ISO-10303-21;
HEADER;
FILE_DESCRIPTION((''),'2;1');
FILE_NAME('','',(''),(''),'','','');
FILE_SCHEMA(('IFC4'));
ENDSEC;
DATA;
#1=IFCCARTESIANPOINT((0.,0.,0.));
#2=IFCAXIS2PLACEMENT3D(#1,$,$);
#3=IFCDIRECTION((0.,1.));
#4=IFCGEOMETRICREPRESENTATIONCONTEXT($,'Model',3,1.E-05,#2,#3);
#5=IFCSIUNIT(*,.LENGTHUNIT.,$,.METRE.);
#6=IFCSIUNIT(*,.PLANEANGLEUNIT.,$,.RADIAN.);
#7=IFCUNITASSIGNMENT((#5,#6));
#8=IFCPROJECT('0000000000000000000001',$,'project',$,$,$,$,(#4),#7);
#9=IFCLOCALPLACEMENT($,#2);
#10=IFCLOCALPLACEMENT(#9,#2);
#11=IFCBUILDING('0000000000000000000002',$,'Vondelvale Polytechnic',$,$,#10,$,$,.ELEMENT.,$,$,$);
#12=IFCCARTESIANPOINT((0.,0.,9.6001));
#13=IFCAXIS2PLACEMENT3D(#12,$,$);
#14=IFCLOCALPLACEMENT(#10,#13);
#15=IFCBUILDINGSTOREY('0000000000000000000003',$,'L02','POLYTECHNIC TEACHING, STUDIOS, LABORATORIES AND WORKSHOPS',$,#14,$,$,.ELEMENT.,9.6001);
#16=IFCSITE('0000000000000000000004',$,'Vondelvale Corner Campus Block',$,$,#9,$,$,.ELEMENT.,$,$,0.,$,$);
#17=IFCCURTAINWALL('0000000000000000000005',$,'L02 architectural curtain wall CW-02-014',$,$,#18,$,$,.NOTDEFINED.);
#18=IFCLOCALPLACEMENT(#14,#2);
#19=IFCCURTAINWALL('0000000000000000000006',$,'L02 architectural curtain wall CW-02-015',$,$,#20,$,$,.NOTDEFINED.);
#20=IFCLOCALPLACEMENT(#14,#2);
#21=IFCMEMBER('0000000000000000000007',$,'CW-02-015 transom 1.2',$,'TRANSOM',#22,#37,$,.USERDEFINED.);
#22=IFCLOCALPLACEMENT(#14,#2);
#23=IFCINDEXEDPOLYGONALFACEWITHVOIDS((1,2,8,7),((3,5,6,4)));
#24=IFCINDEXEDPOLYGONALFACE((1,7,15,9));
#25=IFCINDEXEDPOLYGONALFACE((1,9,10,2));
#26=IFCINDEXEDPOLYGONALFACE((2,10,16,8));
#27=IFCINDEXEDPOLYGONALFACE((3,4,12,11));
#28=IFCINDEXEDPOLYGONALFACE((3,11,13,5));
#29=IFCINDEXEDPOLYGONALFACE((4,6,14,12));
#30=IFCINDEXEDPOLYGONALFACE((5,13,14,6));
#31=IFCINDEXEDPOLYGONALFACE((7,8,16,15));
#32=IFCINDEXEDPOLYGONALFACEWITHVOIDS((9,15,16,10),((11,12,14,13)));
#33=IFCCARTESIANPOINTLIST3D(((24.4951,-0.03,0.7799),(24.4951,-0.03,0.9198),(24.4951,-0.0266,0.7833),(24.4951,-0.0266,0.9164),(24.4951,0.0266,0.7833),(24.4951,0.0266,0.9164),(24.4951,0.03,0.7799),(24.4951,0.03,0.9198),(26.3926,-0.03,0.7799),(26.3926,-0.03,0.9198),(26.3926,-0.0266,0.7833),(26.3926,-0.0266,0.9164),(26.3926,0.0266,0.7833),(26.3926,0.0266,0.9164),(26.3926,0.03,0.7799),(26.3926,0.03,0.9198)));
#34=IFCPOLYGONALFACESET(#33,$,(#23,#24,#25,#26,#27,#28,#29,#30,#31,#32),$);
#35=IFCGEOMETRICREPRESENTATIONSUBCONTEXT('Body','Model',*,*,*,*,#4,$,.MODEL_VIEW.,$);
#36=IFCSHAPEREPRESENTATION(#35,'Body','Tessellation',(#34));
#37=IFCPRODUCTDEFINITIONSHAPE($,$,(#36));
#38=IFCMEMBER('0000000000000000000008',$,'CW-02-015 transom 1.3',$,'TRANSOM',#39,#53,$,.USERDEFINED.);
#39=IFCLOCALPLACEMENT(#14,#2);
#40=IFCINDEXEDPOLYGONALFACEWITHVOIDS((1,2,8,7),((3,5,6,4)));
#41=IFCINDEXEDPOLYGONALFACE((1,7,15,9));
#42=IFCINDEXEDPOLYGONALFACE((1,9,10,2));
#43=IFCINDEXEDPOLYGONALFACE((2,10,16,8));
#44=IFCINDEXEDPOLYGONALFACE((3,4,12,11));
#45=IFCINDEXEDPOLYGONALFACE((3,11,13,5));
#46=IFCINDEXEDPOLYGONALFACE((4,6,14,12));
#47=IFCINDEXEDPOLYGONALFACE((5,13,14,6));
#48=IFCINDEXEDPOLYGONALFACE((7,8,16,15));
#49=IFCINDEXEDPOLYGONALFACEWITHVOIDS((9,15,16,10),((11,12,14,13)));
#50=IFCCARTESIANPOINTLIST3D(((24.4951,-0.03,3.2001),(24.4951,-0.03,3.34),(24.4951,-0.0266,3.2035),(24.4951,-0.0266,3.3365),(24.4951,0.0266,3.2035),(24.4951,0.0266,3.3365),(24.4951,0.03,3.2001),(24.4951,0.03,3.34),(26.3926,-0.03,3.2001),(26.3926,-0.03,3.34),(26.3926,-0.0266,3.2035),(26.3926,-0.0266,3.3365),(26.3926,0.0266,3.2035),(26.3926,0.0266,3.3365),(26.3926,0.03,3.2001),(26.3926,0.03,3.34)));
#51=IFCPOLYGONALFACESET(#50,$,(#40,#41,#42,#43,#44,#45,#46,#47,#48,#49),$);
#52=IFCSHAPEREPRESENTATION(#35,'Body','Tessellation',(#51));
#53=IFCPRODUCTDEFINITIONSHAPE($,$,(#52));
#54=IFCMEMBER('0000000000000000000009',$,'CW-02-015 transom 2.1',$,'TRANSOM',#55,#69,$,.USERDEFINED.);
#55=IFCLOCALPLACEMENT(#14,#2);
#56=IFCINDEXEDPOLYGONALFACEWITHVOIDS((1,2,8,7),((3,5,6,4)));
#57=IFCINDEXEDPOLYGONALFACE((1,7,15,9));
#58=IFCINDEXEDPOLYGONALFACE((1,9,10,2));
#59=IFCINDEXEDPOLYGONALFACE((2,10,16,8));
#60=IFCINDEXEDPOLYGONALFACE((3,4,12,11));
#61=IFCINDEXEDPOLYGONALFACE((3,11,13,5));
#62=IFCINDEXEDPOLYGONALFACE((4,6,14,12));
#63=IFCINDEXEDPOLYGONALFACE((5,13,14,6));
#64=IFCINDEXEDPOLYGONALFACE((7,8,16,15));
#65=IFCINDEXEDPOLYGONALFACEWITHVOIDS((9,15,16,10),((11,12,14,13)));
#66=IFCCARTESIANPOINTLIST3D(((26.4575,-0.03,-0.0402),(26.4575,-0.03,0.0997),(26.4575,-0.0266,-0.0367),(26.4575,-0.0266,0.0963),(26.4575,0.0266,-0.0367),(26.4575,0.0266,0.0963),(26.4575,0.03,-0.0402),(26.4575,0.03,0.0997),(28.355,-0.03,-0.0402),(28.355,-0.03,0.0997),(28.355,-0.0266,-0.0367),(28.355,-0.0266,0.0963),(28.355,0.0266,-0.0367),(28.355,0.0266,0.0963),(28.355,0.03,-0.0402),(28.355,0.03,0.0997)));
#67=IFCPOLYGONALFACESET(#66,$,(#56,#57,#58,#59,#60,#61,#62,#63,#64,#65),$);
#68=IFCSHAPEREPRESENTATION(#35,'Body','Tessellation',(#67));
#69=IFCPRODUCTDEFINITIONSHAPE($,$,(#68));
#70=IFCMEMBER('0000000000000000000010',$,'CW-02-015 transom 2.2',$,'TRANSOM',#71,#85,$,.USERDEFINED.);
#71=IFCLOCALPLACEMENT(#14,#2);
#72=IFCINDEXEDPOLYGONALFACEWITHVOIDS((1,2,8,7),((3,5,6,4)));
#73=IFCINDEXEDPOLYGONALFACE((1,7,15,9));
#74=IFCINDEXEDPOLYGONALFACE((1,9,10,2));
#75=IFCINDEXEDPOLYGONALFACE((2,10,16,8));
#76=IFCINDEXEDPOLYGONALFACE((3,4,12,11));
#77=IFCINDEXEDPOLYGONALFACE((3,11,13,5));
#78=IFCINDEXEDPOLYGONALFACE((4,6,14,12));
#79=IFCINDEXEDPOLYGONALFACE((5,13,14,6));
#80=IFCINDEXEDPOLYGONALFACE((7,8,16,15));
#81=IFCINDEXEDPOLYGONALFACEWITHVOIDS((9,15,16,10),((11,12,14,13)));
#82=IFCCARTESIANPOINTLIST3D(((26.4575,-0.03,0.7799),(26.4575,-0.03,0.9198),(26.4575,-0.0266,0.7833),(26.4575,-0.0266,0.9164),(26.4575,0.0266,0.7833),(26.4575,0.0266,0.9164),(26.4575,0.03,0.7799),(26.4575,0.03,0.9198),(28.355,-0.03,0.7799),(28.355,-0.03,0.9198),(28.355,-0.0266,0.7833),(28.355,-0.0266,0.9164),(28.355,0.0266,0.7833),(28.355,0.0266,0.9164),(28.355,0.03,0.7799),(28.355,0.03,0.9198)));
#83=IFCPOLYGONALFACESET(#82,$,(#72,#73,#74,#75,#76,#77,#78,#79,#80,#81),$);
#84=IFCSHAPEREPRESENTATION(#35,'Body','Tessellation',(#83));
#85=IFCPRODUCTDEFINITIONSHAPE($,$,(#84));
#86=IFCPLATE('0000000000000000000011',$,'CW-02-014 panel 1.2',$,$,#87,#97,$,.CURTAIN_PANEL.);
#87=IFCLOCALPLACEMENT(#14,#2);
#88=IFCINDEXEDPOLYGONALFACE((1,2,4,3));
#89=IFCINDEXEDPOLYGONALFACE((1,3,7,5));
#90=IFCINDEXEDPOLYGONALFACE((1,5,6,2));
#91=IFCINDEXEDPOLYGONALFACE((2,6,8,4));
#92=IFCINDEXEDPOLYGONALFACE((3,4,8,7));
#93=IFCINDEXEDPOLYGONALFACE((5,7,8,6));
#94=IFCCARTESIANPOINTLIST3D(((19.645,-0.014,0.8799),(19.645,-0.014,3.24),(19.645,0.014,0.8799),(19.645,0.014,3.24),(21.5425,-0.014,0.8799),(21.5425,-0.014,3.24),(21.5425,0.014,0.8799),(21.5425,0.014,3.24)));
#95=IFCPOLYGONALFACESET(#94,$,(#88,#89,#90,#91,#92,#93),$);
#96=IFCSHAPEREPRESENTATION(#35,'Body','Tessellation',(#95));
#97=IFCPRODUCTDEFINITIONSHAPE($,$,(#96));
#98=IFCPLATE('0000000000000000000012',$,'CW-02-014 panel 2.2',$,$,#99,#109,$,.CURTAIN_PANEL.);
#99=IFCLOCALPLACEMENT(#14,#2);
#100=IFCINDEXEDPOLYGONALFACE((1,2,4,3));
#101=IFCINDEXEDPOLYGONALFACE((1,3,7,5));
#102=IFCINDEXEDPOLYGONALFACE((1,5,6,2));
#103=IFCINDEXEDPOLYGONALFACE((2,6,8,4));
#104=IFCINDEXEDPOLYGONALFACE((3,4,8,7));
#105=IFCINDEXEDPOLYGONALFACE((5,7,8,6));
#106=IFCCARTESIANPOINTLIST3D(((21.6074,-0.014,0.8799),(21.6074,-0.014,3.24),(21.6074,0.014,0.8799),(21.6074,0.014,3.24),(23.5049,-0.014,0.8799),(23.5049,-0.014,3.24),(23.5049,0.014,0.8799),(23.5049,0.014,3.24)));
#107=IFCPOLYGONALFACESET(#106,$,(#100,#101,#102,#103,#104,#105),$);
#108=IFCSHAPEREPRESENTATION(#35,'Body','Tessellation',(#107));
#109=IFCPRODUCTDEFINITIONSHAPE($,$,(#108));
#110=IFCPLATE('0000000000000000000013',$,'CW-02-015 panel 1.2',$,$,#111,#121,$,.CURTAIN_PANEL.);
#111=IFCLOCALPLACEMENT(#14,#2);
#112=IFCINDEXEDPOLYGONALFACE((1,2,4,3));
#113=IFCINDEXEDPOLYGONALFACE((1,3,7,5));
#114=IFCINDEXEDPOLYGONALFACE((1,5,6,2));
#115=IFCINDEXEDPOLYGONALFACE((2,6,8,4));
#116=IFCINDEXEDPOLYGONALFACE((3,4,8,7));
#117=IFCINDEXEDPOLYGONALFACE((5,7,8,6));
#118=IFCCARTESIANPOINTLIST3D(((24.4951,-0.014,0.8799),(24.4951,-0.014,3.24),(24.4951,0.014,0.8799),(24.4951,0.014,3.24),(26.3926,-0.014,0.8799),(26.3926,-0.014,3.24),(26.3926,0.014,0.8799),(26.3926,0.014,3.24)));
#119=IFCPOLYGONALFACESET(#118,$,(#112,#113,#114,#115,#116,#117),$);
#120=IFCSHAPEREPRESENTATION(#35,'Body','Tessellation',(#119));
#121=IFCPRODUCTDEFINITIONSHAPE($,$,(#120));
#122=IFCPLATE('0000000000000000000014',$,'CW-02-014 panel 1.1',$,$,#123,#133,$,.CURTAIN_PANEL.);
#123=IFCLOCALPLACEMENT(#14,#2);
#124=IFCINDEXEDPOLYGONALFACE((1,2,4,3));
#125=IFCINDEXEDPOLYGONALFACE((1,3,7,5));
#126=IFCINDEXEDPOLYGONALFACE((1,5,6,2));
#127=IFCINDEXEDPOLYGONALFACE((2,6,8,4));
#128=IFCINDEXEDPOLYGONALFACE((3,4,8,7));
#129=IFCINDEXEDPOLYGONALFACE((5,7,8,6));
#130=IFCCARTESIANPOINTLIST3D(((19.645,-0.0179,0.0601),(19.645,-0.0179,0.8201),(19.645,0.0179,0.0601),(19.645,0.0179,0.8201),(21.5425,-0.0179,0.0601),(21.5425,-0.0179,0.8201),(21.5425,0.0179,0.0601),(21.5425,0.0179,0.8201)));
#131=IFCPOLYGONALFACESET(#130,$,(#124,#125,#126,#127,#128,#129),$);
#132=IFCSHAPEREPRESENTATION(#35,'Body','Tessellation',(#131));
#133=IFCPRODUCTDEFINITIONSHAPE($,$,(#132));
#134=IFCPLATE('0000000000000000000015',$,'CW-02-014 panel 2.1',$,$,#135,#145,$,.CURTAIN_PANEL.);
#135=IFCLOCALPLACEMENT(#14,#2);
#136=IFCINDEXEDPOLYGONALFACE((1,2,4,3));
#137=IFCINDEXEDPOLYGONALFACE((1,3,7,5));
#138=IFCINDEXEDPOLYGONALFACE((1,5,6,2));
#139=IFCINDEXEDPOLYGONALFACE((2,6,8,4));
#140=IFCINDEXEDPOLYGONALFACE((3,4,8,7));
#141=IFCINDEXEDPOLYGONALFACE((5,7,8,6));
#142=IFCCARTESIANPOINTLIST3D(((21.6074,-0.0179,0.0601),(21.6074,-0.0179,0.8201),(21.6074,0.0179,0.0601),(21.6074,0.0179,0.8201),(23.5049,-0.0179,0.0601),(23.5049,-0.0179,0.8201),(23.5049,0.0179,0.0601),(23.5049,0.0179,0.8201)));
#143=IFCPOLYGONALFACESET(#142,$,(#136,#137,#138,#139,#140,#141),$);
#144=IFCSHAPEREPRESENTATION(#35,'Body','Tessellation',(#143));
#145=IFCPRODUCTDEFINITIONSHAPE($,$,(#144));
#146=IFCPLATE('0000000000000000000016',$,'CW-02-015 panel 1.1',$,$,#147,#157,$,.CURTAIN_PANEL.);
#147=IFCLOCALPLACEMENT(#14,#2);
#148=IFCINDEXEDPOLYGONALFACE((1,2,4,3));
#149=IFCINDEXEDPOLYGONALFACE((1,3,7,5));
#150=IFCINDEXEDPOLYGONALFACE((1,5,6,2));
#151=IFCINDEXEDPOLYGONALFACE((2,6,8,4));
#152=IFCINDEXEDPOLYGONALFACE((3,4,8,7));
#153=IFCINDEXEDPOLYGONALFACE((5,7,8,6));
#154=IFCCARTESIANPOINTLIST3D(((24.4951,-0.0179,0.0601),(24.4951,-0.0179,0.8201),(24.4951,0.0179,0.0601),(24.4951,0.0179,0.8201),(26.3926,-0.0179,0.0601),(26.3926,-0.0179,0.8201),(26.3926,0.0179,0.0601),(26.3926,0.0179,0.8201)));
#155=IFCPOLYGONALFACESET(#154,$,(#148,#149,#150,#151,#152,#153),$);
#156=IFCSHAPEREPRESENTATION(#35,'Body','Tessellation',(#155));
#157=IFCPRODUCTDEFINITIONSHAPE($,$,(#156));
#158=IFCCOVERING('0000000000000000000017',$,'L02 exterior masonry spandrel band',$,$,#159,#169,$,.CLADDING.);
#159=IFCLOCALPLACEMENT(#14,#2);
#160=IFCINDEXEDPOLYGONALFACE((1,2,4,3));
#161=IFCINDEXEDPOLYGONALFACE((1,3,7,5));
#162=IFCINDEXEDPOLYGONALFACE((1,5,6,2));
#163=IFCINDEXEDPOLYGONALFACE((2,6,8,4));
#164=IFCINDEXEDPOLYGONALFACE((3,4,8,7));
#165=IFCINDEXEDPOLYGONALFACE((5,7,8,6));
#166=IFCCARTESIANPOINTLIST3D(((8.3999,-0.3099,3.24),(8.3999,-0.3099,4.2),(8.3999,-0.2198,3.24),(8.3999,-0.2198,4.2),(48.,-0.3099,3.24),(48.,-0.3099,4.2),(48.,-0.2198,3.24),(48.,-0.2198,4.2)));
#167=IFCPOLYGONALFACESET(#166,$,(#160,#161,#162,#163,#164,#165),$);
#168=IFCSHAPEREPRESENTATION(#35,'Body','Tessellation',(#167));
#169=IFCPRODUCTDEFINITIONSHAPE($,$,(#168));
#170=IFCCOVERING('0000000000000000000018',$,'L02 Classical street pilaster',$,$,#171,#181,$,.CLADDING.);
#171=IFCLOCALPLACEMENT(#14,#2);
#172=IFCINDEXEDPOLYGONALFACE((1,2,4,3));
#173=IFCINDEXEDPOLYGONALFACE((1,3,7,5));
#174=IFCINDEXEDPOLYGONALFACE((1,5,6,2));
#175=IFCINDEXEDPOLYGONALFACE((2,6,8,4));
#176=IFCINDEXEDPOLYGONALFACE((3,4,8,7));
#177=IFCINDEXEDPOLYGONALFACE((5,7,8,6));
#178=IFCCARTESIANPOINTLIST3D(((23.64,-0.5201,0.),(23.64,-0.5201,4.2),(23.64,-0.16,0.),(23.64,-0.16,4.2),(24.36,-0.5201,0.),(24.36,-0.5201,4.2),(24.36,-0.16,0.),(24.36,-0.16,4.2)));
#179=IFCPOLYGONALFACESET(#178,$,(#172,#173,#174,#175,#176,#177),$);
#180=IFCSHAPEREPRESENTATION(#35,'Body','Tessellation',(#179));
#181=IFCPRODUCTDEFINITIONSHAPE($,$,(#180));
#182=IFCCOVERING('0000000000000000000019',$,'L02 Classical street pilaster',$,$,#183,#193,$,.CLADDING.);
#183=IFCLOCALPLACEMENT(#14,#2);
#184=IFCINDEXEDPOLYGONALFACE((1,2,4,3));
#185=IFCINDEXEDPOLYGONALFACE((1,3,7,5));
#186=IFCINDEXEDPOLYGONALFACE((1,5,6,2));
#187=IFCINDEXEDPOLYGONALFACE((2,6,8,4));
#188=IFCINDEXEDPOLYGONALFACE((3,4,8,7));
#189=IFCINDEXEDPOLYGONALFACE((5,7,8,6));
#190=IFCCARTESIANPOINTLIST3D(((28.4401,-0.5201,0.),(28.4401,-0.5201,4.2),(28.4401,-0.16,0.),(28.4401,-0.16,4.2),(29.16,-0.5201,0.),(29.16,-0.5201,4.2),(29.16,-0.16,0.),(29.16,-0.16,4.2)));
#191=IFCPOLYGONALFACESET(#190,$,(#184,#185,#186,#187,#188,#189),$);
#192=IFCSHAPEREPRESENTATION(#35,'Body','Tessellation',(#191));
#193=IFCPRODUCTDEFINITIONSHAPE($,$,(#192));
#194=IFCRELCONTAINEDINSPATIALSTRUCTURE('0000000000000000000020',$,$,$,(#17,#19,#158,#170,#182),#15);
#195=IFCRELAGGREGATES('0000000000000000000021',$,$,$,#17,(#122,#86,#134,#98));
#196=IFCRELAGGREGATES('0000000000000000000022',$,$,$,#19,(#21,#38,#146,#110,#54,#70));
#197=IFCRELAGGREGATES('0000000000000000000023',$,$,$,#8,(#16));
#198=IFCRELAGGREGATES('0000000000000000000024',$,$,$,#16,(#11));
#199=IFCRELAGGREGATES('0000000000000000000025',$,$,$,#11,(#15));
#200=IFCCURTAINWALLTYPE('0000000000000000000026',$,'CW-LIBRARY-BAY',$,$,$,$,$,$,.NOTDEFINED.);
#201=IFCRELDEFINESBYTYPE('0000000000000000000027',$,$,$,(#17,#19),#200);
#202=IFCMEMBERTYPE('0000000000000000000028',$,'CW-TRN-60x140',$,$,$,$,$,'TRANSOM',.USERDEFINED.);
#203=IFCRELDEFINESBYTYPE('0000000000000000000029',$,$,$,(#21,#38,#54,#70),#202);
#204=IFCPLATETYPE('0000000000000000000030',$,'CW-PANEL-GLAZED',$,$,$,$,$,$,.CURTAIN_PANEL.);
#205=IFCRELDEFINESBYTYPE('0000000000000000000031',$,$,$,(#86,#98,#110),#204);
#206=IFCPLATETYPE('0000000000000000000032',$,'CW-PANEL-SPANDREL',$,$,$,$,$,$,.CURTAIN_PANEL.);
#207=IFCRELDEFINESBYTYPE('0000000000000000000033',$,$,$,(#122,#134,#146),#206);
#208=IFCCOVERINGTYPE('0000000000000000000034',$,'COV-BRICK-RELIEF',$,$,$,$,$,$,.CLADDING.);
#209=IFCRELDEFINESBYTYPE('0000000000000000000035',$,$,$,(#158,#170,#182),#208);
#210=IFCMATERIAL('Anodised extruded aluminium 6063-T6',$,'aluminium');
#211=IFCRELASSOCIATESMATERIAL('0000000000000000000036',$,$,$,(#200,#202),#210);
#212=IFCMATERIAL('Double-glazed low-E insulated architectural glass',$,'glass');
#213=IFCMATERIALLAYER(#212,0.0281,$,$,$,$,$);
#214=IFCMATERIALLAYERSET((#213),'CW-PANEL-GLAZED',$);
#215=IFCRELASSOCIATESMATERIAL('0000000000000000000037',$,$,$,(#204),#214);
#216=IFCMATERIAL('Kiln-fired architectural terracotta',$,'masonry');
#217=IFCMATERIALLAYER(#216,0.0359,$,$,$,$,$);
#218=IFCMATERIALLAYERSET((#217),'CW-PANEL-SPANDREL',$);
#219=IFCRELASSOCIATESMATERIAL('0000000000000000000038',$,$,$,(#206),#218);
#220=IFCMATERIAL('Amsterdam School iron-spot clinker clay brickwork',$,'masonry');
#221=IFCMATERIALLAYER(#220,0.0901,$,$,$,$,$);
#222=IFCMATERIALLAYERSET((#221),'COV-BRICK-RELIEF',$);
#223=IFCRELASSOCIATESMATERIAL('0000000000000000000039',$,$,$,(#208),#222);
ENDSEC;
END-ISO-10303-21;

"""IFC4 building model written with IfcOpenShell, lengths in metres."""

from ifc_helpers import new_model, si_unit, direction, frame, origin, origin_2d, place, context, subcontext, project, spatial, rectangle, hollow_rectangle, extrude, material, layer, layer_set, material_profile, profile_set, type_object, element, aggregate, save


model = new_model("IFC4")

# Units and contexts
model_context = context("Model", 3, precision=1e-05, world=origin(), true_north=direction((0.0, 1.0)))
body_context = subcontext(model_context, "Body", "Model", "MODEL_VIEW")
ifc_project = project(units=[si_unit("LENGTHUNIT", "METRE"), si_unit("PLANEANGLEUNIT", "RADIAN")], contexts=[model_context])

# Site, building, storey
site_placement = place(None, origin())
site = spatial("IfcSite", under=ifc_project, at=site_placement, Name="Vondelvale Corner Campus Block", CompositionType="ELEMENT", RefElevation=0.0)
building_placement = place(site_placement, origin())
building = spatial("IfcBuilding", under=site, at=building_placement, Name="Vondelvale Polytechnic", CompositionType="ELEMENT")
storey_placement = place(building_placement, frame((0.0, 0.0, 9.6001)))
storey = spatial("IfcBuildingStorey", under=building, at=storey_placement, Name="L02", Description="POLYTECHNIC TEACHING, STUDIOS, LABORATORIES AND WORKSHOPS", CompositionType="ELEMENT", Elevation=9.6001)

# Curtain walls
ifc_material_1 = material(Name="Anodised extruded aluminium 6063-T6", Category="aluminium")
curtain_wall_type = type_object("IfcCurtainWallType", Name="CW-LIBRARY-BAY", PredefinedType="NOTDEFINED", material=ifc_material_1)
curtain_wall_1_placement = place(storey_placement, origin())
curtain_wall_1 = element("IfcCurtainWall", 1, at=curtain_wall_1_placement, inside=storey, type_object=curtain_wall_type, Name="L02 architectural curtain wall CW-02-014", PredefinedType="NOTDEFINED")
curtain_wall_2_placement = place(storey_placement, origin())
curtain_wall_2 = element("IfcCurtainWall", 2, at=curtain_wall_2_placement, inside=storey, type_object=curtain_wall_type, Name="L02 architectural curtain wall CW-02-015", PredefinedType="NOTDEFINED")

# Members
ifc_material_profile_1 = material_profile(ifc_material_1, hollow_rectangle(XDim=0.0601, YDim=0.1399, WallThickness=0.0034, at=origin_2d()), Name="CW-TRN-140x60")
ifc_profile_set_1 = profile_set([ifc_material_profile_1], Name="Anodised extruded aluminium 6063-T6")
member_type_1 = type_object("IfcMemberType", Name="CW-TRN-60x140", ElementType="TRANSOM", PredefinedType="USERDEFINED", material=ifc_profile_set_1)
member_1_placement = place(storey_placement, frame((24.4951, 0.0, 0.8499), z_axis=(1.0, 0.0, 0.0), x_axis=(0.0, 1.0, 0.0)))
member_1 = element("IfcMember", 3, at=member_1_placement, type_object=member_type_1, Name="CW-02-015 transom 1.2", ObjectType="TRANSOM", PredefinedType="USERDEFINED", context=body_context, shape_type="SweptSolid", body=[
    extrude(hollow_rectangle(XDim=0.0601, YDim=0.1399, WallThickness=0.0034, at=origin_2d()), origin(), (0.0, 0.0, 1.0), 1.8975),
])
member_2_placement = place(storey_placement, frame((24.4951, 0.0, 3.27), z_axis=(1.0, 0.0, 0.0), x_axis=(0.0, 1.0, 0.0)))
member_2 = element("IfcMember", 4, at=member_2_placement, type_object=member_type_1, Name="CW-02-015 transom 1.3", ObjectType="TRANSOM", PredefinedType="USERDEFINED", context=body_context, shape_type="SweptSolid", body=[
    extrude(hollow_rectangle(XDim=0.0601, YDim=0.1399, WallThickness=0.0034, at=origin_2d()), origin(), (0.0, 0.0, 1.0), 1.8975),
])
member_3_placement = place(storey_placement, frame((26.4575, 0.0, 0.0298), z_axis=(1.0, 0.0, 0.0), x_axis=(0.0, 1.0, 0.0)))
member_3 = element("IfcMember", 5, at=member_3_placement, type_object=member_type_1, Name="CW-02-015 transom 2.1", ObjectType="TRANSOM", PredefinedType="USERDEFINED", context=body_context, shape_type="SweptSolid", body=[
    extrude(hollow_rectangle(XDim=0.0601, YDim=0.1399, WallThickness=0.0034, at=origin_2d()), origin(), (0.0, 0.0, 1.0), 1.8975),
])
member_4_placement = place(storey_placement, frame((26.4575, 0.0, 0.8499), z_axis=(1.0, 0.0, 0.0), x_axis=(0.0, 1.0, 0.0)))
member_4 = element("IfcMember", 6, at=member_4_placement, type_object=member_type_1, Name="CW-02-015 transom 2.2", ObjectType="TRANSOM", PredefinedType="USERDEFINED", context=body_context, shape_type="SweptSolid", body=[
    extrude(hollow_rectangle(XDim=0.0601, YDim=0.1399, WallThickness=0.0034, at=origin_2d()), origin(), (0.0, 0.0, 1.0), 1.8975),
])

# Plates
ifc_material_2 = material(Name="Double-glazed low-E insulated architectural glass", Category="glass")
ifc_layer_1 = layer(ifc_material_2, 0.0281)
ifc_layer_set_1 = layer_set([ifc_layer_1], Name="CW-PANEL-GLAZED")
plate_type_1 = type_object("IfcPlateType", Name="CW-PANEL-GLAZED", PredefinedType="CURTAIN_PANEL", material=ifc_layer_set_1)
plate_1_placement = place(storey_placement, frame((20.5938, 0.0, 0.8799), z_axis=(0.0, 0.0, 1.0), x_axis=(1.0, 0.0, 0.0)))
plate_1 = element("IfcPlate", 7, at=plate_1_placement, type_object=plate_type_1, Name="CW-02-014 panel 1.2", PredefinedType="CURTAIN_PANEL", context=body_context, shape_type="SweptSolid", body=[
    extrude(rectangle(XDim=1.8975, YDim=0.0281, at=origin_2d()), origin(), (0.0, 0.0, 1.0), 2.3601),
])
plate_2_placement = place(storey_placement, frame((22.5562, 0.0, 0.8799), z_axis=(0.0, 0.0, 1.0), x_axis=(1.0, 0.0, 0.0)))
plate_2 = element("IfcPlate", 8, at=plate_2_placement, type_object=plate_type_1, Name="CW-02-014 panel 2.2", PredefinedType="CURTAIN_PANEL", context=body_context, shape_type="SweptSolid", body=[
    extrude(rectangle(XDim=1.8975, YDim=0.0281, at=origin_2d()), origin(), (0.0, 0.0, 1.0), 2.3601),
])
plate_3_placement = place(storey_placement, frame((25.4438, 0.0, 0.8799), z_axis=(0.0, 0.0, 1.0), x_axis=(1.0, 0.0, 0.0)))
plate_3 = element("IfcPlate", 9, at=plate_3_placement, type_object=plate_type_1, Name="CW-02-015 panel 1.2", PredefinedType="CURTAIN_PANEL", context=body_context, shape_type="SweptSolid", body=[
    extrude(rectangle(XDim=1.8975, YDim=0.0281, at=origin_2d()), origin(), (0.0, 0.0, 1.0), 2.3601),
])
ifc_material_3 = material(Name="Kiln-fired architectural terracotta", Category="masonry")
ifc_layer_2 = layer(ifc_material_3, 0.0359)
ifc_layer_set_2 = layer_set([ifc_layer_2], Name="CW-PANEL-SPANDREL")
plate_type_2 = type_object("IfcPlateType", Name="CW-PANEL-SPANDREL", PredefinedType="CURTAIN_PANEL", material=ifc_layer_set_2)
plate_4_placement = place(storey_placement, frame((20.5938, 0.0, 0.0601), z_axis=(0.0, 0.0, 1.0), x_axis=(1.0, 0.0, 0.0)))
plate_4 = element("IfcPlate", 10, at=plate_4_placement, type_object=plate_type_2, Name="CW-02-014 panel 1.1", PredefinedType="CURTAIN_PANEL", context=body_context, shape_type="SweptSolid", body=[
    extrude(rectangle(XDim=1.8975, YDim=0.0359, at=origin_2d()), origin(), (0.0, 0.0, 1.0), 0.76),
])
plate_5_placement = place(storey_placement, frame((22.5562, 0.0, 0.0601), z_axis=(0.0, 0.0, 1.0), x_axis=(1.0, 0.0, 0.0)))
plate_5 = element("IfcPlate", 11, at=plate_5_placement, type_object=plate_type_2, Name="CW-02-014 panel 2.1", PredefinedType="CURTAIN_PANEL", context=body_context, shape_type="SweptSolid", body=[
    extrude(rectangle(XDim=1.8975, YDim=0.0359, at=origin_2d()), origin(), (0.0, 0.0, 1.0), 0.76),
])
aggregate(curtain_wall_1, [plate_4, plate_1, plate_5, plate_2])
plate_6_placement = place(storey_placement, frame((25.4438, 0.0, 0.0601), z_axis=(0.0, 0.0, 1.0), x_axis=(1.0, 0.0, 0.0)))
plate_6 = element("IfcPlate", 12, at=plate_6_placement, type_object=plate_type_2, Name="CW-02-015 panel 1.1", PredefinedType="CURTAIN_PANEL", context=body_context, shape_type="SweptSolid", body=[
    extrude(rectangle(XDim=1.8975, YDim=0.0359, at=origin_2d()), origin(), (0.0, 0.0, 1.0), 0.76),
])
aggregate(curtain_wall_2, [member_1, member_2, plate_6, plate_3, member_3, member_4])

# Coverings
ifc_material_4 = material(Name="Amsterdam School iron-spot clinker clay brickwork", Category="masonry")
ifc_layer_3 = layer(ifc_material_4, 0.0901)
ifc_layer_set_3 = layer_set([ifc_layer_3], Name="COV-BRICK-RELIEF")
covering_type = type_object("IfcCoveringType", Name="COV-BRICK-RELIEF", PredefinedType="CLADDING", material=ifc_layer_set_3)
covering_placement = place(storey_placement, frame((28.2, -0.2649, 3.24), z_axis=(0.0, 0.0, 1.0), x_axis=(1.0, 0.0, 0.0)))
element("IfcCovering", 13, at=covering_placement, inside=storey, type_object=covering_type, Name="L02 exterior masonry spandrel band", PredefinedType="CLADDING", context=body_context, shape_type="SweptSolid", body=[
    extrude(rectangle(XDim=39.6001, YDim=0.0901, at=origin_2d()), origin(), (0.0, 0.0, 1.0), 0.96),
])
for number, where, z_axis, x_axis, name in (
    (14, (24.0, -0.3401, 0.0), (0.0, 0.0, 1.0), (1.0, 0.0, 0.0), "L02 Classical street pilaster"),
    (15, (28.8, -0.3401, 0.0), (0.0, 0.0, 1.0), (1.0, 0.0, 0.0), "L02 Classical street pilaster"),
):
    element("IfcCovering", number, at=place(storey_placement, frame(where, z_axis=z_axis, x_axis=x_axis)), inside=storey, type_object=covering_type, Name=name, PredefinedType="CLADDING", context=body_context, shape_type="SweptSolid", body=[
        extrude(rectangle(XDim=0.72, YDim=0.3601, at=origin_2d()), origin(), (0.0, 0.0, 1.0), 4.2),
    ])

save(model, "model.ifc")
